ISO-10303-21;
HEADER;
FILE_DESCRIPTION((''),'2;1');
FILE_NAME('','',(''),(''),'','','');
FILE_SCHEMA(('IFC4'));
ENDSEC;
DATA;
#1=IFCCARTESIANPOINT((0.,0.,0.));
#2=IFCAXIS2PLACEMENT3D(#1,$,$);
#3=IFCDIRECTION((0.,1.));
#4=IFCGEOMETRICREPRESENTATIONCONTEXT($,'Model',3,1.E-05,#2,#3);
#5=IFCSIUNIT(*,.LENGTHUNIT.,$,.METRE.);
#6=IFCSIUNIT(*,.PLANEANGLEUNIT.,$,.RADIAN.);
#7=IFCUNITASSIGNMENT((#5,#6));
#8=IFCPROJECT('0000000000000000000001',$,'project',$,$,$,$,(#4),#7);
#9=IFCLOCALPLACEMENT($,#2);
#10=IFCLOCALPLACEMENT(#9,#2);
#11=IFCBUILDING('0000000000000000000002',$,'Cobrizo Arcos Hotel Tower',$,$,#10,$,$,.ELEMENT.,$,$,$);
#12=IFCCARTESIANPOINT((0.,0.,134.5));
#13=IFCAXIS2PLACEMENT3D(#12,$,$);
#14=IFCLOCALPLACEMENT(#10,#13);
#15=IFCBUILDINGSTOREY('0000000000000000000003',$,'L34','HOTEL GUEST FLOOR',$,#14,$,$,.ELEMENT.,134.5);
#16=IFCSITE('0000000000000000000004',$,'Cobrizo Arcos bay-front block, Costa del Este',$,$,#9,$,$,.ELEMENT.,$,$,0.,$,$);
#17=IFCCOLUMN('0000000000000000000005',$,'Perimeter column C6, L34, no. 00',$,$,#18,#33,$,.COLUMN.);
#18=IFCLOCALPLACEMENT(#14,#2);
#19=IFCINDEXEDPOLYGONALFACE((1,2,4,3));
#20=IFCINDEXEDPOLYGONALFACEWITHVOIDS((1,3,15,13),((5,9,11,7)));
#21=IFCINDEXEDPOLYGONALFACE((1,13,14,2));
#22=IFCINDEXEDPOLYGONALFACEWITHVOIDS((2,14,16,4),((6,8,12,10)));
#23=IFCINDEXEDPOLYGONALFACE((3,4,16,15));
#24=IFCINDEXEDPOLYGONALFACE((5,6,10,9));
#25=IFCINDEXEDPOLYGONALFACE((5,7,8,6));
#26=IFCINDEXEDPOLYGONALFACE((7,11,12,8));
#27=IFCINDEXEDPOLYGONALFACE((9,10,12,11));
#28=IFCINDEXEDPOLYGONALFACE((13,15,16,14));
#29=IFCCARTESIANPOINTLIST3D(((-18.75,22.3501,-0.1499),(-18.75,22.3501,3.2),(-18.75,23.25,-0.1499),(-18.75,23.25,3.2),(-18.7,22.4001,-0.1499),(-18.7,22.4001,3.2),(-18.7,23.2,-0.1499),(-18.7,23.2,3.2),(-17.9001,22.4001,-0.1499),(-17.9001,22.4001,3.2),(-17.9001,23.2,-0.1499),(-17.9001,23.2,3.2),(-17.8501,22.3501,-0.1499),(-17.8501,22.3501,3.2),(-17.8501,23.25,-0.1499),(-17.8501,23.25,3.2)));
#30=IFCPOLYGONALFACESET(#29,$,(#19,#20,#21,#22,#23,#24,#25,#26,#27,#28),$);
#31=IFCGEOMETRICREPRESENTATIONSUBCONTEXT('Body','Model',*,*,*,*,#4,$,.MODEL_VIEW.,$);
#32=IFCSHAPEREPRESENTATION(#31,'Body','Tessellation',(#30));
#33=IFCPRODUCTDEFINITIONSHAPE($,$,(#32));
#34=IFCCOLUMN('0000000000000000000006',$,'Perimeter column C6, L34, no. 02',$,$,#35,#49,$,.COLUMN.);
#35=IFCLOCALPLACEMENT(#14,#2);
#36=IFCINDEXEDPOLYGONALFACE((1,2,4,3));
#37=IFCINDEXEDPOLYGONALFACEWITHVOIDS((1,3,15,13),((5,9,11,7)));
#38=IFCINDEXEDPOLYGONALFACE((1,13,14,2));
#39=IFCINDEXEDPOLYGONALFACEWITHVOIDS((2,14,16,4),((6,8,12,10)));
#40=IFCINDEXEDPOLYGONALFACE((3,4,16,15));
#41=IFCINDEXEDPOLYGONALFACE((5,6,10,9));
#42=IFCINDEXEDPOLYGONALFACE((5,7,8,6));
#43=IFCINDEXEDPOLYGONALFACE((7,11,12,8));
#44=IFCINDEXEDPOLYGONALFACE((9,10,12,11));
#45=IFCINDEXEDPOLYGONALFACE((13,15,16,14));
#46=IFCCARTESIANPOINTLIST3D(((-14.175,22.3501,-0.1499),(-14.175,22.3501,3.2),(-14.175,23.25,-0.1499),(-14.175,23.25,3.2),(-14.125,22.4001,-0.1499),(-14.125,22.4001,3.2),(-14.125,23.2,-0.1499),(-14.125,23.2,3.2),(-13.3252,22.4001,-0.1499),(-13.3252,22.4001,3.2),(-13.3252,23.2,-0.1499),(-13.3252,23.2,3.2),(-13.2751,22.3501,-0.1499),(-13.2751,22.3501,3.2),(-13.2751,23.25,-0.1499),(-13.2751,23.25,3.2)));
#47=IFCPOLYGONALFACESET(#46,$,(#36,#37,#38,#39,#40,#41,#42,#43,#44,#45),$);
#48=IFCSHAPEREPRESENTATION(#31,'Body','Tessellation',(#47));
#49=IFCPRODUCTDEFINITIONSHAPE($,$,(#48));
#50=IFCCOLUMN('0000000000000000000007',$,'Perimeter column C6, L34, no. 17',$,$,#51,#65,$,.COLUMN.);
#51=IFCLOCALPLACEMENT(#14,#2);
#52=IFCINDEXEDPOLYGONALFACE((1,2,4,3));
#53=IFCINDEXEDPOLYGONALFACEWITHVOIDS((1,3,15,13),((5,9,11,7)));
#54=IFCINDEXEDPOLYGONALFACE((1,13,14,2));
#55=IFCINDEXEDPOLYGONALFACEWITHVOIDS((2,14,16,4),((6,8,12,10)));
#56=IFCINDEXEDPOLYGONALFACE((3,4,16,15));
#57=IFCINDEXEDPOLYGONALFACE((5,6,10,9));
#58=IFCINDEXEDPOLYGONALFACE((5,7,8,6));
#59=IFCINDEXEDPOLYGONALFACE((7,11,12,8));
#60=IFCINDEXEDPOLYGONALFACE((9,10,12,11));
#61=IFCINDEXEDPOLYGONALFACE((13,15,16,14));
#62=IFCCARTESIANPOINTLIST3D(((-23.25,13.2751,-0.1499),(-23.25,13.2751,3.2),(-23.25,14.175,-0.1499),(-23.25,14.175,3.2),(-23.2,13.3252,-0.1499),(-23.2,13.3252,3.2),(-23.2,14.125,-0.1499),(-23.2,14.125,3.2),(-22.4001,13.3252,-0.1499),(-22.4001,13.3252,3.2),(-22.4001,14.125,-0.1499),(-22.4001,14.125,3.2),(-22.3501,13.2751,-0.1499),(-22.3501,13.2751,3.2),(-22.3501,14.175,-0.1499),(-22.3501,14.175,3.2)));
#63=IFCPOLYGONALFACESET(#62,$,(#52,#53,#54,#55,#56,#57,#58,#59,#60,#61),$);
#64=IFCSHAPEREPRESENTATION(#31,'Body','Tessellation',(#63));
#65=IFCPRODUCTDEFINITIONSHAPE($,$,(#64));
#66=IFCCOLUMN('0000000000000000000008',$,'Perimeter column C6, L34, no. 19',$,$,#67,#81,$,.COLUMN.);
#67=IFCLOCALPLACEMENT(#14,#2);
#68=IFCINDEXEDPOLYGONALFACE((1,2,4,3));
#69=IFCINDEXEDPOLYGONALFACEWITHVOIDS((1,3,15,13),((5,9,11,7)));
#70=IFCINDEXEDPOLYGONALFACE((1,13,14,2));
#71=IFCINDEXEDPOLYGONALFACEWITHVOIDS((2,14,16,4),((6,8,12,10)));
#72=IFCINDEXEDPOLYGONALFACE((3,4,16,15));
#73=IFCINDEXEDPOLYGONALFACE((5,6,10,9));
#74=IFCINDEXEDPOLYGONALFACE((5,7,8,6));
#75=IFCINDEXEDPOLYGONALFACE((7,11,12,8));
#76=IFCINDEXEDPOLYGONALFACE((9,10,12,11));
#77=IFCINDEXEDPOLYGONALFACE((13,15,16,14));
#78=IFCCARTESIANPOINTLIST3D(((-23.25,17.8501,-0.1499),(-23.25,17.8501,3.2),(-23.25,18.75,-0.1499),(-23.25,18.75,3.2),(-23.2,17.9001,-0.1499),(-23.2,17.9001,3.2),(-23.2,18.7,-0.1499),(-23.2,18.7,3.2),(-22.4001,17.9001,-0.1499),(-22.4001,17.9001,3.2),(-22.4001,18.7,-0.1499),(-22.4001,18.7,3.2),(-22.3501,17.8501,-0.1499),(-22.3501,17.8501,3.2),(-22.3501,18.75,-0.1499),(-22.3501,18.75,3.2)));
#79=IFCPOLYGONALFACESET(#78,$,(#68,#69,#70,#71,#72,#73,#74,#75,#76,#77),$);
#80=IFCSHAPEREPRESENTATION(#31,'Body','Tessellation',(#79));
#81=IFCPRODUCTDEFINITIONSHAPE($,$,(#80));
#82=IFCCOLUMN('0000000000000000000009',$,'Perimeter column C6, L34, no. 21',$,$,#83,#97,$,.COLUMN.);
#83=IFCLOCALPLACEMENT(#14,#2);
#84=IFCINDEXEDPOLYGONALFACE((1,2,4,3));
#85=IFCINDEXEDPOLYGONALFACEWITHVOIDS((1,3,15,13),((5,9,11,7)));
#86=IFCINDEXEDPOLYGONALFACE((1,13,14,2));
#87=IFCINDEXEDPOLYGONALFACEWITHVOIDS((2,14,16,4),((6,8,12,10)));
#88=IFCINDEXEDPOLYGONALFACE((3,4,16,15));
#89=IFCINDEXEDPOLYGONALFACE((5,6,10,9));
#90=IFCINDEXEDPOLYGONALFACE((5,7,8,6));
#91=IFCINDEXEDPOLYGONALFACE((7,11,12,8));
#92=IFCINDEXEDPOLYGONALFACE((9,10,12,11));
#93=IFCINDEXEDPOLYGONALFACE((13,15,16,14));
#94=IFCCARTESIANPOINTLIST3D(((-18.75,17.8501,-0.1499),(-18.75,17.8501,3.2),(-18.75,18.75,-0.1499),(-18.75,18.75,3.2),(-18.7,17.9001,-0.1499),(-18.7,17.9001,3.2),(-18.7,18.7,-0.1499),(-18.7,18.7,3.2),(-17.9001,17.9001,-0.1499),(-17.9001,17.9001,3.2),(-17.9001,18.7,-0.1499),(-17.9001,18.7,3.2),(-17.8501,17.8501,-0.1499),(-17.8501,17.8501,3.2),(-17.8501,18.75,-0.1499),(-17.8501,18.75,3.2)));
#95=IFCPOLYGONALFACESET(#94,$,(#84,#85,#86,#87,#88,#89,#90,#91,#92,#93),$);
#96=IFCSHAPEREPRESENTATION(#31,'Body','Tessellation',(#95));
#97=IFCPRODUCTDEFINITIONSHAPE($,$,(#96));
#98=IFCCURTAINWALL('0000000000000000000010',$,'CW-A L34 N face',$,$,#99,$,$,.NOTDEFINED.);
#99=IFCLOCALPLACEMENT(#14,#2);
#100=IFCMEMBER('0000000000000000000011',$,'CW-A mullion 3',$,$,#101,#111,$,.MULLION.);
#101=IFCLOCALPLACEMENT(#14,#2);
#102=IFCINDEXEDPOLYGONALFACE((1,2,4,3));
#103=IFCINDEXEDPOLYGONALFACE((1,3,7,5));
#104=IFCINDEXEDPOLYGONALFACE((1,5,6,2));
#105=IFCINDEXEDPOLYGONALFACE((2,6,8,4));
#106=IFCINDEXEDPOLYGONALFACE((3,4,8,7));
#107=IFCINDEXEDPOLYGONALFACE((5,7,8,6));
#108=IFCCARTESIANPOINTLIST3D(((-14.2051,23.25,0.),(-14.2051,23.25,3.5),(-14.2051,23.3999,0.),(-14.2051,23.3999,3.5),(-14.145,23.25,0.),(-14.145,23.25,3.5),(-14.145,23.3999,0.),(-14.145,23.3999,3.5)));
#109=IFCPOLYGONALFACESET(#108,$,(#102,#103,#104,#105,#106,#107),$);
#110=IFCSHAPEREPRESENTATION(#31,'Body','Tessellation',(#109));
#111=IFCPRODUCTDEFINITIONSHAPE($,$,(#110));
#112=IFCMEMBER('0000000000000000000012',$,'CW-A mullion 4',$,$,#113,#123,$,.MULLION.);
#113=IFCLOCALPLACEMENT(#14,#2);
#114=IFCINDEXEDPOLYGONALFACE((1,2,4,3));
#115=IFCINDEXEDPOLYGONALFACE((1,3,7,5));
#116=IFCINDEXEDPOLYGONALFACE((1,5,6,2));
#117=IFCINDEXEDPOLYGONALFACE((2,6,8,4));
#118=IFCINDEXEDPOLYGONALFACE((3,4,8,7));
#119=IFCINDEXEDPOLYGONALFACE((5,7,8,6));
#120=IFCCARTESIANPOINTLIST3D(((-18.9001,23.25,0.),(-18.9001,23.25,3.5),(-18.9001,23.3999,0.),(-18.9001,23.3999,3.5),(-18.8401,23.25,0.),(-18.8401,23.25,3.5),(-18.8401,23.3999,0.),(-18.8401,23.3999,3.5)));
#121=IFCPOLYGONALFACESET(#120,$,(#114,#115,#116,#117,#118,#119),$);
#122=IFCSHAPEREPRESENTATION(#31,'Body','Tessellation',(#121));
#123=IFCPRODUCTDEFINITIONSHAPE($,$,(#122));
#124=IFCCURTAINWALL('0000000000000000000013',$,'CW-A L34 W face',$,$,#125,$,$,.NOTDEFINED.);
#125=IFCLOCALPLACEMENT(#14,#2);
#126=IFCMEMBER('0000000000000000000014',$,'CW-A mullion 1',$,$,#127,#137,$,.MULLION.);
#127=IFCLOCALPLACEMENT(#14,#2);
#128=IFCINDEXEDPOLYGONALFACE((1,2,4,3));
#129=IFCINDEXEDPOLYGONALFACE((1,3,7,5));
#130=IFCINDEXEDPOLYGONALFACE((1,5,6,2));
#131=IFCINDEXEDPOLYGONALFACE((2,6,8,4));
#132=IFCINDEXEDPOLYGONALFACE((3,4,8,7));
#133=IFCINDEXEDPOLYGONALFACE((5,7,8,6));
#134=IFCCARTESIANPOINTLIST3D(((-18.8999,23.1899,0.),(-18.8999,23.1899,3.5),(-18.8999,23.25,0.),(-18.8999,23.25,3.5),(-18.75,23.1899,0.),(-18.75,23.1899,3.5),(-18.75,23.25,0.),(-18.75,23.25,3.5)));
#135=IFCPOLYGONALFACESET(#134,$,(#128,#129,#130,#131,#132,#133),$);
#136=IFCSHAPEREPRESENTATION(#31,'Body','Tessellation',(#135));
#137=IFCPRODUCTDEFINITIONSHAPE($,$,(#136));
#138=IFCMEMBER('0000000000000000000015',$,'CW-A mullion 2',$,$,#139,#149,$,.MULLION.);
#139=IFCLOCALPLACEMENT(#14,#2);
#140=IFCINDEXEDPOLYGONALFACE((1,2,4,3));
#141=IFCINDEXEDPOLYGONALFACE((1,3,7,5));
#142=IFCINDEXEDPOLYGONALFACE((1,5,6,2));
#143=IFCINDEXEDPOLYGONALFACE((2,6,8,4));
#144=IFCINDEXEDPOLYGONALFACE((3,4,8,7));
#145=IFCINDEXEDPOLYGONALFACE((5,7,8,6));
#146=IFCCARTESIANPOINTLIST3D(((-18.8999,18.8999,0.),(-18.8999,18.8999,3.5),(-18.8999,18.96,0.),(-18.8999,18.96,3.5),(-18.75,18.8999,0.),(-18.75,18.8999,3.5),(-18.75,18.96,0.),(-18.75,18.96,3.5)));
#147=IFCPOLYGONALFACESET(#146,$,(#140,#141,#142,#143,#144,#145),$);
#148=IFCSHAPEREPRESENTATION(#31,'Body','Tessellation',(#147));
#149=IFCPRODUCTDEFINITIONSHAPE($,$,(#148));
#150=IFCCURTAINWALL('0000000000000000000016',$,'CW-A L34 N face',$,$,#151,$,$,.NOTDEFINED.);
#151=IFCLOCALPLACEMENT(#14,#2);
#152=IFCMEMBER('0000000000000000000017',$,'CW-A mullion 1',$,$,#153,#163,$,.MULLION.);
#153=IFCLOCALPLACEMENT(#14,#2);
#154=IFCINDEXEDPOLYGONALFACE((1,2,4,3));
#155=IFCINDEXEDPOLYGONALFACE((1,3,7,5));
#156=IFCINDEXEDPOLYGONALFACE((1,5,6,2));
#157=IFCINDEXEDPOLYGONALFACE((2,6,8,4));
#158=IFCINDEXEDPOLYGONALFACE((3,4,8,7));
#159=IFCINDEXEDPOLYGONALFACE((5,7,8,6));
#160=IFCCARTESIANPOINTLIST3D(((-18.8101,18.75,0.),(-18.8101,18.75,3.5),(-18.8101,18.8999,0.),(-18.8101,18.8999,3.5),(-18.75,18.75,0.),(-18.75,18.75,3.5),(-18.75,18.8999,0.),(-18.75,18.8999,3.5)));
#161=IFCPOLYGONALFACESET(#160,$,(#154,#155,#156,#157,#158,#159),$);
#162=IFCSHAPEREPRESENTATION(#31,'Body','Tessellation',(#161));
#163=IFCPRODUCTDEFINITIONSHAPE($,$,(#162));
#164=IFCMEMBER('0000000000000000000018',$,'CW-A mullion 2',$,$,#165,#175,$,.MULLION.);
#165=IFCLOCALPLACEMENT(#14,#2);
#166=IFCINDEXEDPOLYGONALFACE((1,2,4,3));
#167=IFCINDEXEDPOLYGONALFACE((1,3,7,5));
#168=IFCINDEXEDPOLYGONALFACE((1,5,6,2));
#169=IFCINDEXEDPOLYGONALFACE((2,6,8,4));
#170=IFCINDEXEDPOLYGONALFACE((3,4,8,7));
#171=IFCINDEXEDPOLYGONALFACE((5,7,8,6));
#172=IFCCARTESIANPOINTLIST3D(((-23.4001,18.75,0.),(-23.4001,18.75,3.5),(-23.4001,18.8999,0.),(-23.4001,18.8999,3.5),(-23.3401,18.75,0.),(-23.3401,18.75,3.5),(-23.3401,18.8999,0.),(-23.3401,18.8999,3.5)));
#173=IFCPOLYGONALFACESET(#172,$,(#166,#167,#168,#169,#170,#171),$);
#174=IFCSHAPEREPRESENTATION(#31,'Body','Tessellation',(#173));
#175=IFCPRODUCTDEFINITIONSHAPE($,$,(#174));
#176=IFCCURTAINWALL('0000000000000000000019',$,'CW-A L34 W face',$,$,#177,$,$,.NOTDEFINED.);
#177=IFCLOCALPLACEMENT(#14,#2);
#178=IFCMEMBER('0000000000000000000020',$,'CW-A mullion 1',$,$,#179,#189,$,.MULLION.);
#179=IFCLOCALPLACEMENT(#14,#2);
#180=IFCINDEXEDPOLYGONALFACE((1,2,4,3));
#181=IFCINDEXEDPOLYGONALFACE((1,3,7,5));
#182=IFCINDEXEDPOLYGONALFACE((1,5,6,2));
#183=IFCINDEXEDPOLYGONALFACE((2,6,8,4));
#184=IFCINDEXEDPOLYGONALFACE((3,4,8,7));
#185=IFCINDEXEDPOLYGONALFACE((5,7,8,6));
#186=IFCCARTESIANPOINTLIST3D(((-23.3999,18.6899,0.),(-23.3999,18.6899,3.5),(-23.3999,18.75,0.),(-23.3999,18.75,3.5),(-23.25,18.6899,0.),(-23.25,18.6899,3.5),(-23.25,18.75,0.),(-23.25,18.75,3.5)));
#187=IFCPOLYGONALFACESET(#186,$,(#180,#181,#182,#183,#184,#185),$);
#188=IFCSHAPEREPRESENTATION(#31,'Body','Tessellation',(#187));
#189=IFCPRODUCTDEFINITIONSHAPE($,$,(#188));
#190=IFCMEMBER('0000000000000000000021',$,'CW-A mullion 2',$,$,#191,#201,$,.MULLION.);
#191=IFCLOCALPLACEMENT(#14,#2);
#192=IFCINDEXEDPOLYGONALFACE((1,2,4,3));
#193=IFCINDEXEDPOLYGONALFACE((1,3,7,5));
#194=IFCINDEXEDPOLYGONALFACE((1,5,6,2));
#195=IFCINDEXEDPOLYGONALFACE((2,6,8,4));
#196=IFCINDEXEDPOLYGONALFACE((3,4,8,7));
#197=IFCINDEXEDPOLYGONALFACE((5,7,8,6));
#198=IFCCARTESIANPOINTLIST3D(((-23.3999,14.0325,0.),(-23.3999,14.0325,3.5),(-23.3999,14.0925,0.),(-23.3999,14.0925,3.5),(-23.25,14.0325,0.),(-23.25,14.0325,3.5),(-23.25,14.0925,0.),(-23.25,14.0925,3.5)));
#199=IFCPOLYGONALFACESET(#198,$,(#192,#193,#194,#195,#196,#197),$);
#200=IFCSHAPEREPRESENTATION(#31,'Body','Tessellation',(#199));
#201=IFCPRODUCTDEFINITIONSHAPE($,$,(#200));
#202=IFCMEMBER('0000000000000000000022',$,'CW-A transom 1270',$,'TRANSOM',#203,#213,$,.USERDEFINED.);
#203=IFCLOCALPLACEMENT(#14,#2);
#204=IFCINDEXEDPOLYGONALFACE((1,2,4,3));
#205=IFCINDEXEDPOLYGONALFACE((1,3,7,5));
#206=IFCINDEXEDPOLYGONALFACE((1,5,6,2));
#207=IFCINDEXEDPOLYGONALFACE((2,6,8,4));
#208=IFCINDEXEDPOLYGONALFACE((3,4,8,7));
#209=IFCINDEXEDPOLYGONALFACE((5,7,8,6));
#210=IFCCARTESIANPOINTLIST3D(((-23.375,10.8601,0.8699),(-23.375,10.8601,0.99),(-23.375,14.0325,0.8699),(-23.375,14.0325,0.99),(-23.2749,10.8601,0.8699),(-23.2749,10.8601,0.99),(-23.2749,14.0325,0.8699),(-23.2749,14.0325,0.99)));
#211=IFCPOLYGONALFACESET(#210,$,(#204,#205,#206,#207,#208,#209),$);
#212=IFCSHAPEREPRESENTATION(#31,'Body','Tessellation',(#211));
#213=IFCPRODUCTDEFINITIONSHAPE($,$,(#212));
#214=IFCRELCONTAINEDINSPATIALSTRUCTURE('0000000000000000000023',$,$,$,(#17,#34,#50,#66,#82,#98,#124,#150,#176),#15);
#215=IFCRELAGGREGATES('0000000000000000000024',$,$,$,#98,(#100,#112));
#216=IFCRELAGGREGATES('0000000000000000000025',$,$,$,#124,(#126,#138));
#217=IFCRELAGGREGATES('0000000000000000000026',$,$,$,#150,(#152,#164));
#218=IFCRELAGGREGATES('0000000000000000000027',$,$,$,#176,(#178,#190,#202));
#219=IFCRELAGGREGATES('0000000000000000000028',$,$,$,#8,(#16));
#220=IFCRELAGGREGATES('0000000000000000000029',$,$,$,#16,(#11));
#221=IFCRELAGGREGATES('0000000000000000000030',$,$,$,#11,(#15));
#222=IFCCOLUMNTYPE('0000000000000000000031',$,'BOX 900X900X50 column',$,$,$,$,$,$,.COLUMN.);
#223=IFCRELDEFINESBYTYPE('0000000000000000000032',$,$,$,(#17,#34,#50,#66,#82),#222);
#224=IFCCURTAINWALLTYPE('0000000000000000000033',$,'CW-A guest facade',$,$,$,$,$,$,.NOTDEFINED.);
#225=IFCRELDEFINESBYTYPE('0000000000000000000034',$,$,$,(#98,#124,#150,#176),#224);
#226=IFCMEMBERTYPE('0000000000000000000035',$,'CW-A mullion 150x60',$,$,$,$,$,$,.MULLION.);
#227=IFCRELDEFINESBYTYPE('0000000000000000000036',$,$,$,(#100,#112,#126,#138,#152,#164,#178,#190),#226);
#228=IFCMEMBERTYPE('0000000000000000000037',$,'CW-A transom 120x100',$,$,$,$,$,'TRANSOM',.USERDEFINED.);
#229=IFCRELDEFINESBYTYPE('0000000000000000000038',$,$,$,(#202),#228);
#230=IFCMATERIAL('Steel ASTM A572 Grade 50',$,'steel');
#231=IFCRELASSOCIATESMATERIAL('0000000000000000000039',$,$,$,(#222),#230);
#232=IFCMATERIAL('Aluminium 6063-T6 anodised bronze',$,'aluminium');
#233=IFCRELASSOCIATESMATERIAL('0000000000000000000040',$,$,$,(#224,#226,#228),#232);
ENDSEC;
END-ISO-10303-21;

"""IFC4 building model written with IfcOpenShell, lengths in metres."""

from ifc_helpers import new_model, si_unit, direction, frame, origin, origin_2d, place, context, subcontext, project, spatial, rectangle, hollow_rectangle, extrude, material, material_profile, profile_set, type_object, element, aggregate, save


model = new_model("IFC4")

# Units and contexts
model_context = context("Model", 3, precision=1e-05, world=origin(), true_north=direction((0.0, 1.0)))
body_context = subcontext(model_context, "Body", "Model", "MODEL_VIEW")
ifc_project = project(units=[si_unit("LENGTHUNIT", "METRE"), si_unit("PLANEANGLEUNIT", "RADIAN")], contexts=[model_context])

# Site, building, storey
site_placement = place(None, origin())
site = spatial("IfcSite", under=ifc_project, at=site_placement, Name="Cobrizo Arcos bay-front block, Costa del Este", CompositionType="ELEMENT", RefElevation=0.0)
building_placement = place(site_placement, origin())
building = spatial("IfcBuilding", under=site, at=building_placement, Name="Cobrizo Arcos Hotel Tower", CompositionType="ELEMENT")
storey_placement = place(building_placement, frame((0.0, 0.0, 134.5)))
storey = spatial("IfcBuildingStorey", under=building, at=storey_placement, Name="L34", Description="HOTEL GUEST FLOOR", CompositionType="ELEMENT", Elevation=134.5)

# Columns
ifc_material_1 = material(Name="Steel ASTM A572 Grade 50", Category="steel")
ifc_material_profile_1 = material_profile(ifc_material_1, hollow_rectangle(XDim=0.8999, YDim=0.8999, WallThickness=0.05, at=origin_2d()), Name="BOX 900X900X50")
ifc_profile_set_1 = profile_set([ifc_material_profile_1], Name="Steel ASTM A572 Grade 50")
column_type = type_object("IfcColumnType", Name="BOX 900X900X50 column", PredefinedType="COLUMN", material=ifc_profile_set_1)
for number, where, z_axis, x_axis, name in (
    (1, (-18.3, 22.8, -0.1499), (0.0, 0.0, 1.0), (1.0, 0.0, 0.0), "Perimeter column C6, L34, no. 00"),
    (2, (-13.7251, 22.8, -0.1499), (0.0, 0.0, 1.0), (1.0, 0.0, 0.0), "Perimeter column C6, L34, no. 02"),
    (3, (-22.8, 13.7251, -0.1499), (0.0, 0.0, 1.0), (1.0, 0.0, 0.0), "Perimeter column C6, L34, no. 17"),
    (4, (-22.8, 18.3, -0.1499), (0.0, 0.0, 1.0), (1.0, 0.0, 0.0), "Perimeter column C6, L34, no. 19"),
    (5, (-18.3, 18.3, -0.1499), (0.0, 0.0, 1.0), (1.0, 0.0, 0.0), "Perimeter column C6, L34, no. 21"),
):
    element("IfcColumn", number, at=place(storey_placement, frame(where, z_axis=z_axis, x_axis=x_axis)), inside=storey, type_object=column_type, Name=name, PredefinedType="COLUMN", context=body_context, shape_type="SweptSolid", body=[
        extrude(hollow_rectangle(XDim=0.8999, YDim=0.8999, WallThickness=0.05, at=origin_2d()), origin(), (0.0, 0.0, 1.0), 3.3499),
    ])

# Curtain walls, members
ifc_material_2 = material(Name="Aluminium 6063-T6 anodised bronze", Category="aluminium")
curtain_wall_type = type_object("IfcCurtainWallType", Name="CW-A guest facade", PredefinedType="NOTDEFINED", material=ifc_material_2)
curtain_wall_1_placement = place(storey_placement, origin())
curtain_wall_1 = element("IfcCurtainWall", 6, at=curtain_wall_1_placement, inside=storey, type_object=curtain_wall_type, Name="CW-A L34 N face", PredefinedType="NOTDEFINED")
ifc_material_profile_2 = material_profile(ifc_material_2, rectangle(XDim=0.1499, YDim=0.0601, at=origin_2d()), Name="CW-A mullion 150x60")
ifc_profile_set_2 = profile_set([ifc_material_profile_2], Name="Aluminium 6063-T6 anodised bronze")
member_type_1 = type_object("IfcMemberType", Name="CW-A mullion 150x60", PredefinedType="MULLION", material=ifc_profile_set_2)
member_1_placement = place(storey_placement, frame((-14.175, 23.325, 0.0), z_axis=(0.0, 0.0, 1.0), x_axis=(0.0, 1.0, 0.0)))
member_1 = element("IfcMember", 7, at=member_1_placement, type_object=member_type_1, Name="CW-A mullion 3", PredefinedType="MULLION", context=body_context, shape_type="SweptSolid", body=[
    extrude(rectangle(XDim=0.1499, YDim=0.0601, at=origin_2d()), origin(), (0.0, 0.0, 1.0), 3.5),
])
member_2_placement = place(storey_placement, frame((-18.8701, 23.325, 0.0), z_axis=(0.0, 0.0, 1.0), x_axis=(0.0, 1.0, 0.0)))
member_2 = element("IfcMember", 8, at=member_2_placement, type_object=member_type_1, Name="CW-A mullion 4", PredefinedType="MULLION", context=body_context, shape_type="SweptSolid", body=[
    extrude(rectangle(XDim=0.1499, YDim=0.0601, at=origin_2d()), origin(), (0.0, 0.0, 1.0), 3.5),
])
curtain_wall_2_placement = place(storey_placement, origin())
curtain_wall_2 = element("IfcCurtainWall", 9, at=curtain_wall_2_placement, inside=storey, type_object=curtain_wall_type, Name="CW-A L34 W face", PredefinedType="NOTDEFINED")
member_3_placement = place(storey_placement, frame((-18.825, 23.22, 0.0), z_axis=(0.0, 0.0, 1.0), x_axis=(-1.0, 0.0, 0.0)))
member_3 = element("IfcMember", 10, at=member_3_placement, type_object=member_type_1, Name="CW-A mullion 1", PredefinedType="MULLION", context=body_context, shape_type="SweptSolid", body=[
    extrude(rectangle(XDim=0.1499, YDim=0.0601, at=origin_2d()), origin(), (0.0, 0.0, 1.0), 3.5),
])
member_4_placement = place(storey_placement, frame((-18.825, 18.9299, 0.0), z_axis=(0.0, 0.0, 1.0), x_axis=(-1.0, 0.0, 0.0)))
member_4 = element("IfcMember", 11, at=member_4_placement, type_object=member_type_1, Name="CW-A mullion 2", PredefinedType="MULLION", context=body_context, shape_type="SweptSolid", body=[
    extrude(rectangle(XDim=0.1499, YDim=0.0601, at=origin_2d()), origin(), (0.0, 0.0, 1.0), 3.5),
])
curtain_wall_3_placement = place(storey_placement, origin())
curtain_wall_3 = element("IfcCurtainWall", 12, at=curtain_wall_3_placement, inside=storey, type_object=curtain_wall_type, Name="CW-A L34 N face", PredefinedType="NOTDEFINED")
member_5_placement = place(storey_placement, frame((-18.78, 18.825, 0.0), z_axis=(0.0, 0.0, 1.0), x_axis=(0.0, 1.0, 0.0)))
member_5 = element("IfcMember", 13, at=member_5_placement, type_object=member_type_1, Name="CW-A mullion 1", PredefinedType="MULLION", context=body_context, shape_type="SweptSolid", body=[
    extrude(rectangle(XDim=0.1499, YDim=0.0601, at=origin_2d()), origin(), (0.0, 0.0, 1.0), 3.5),
])
member_6_placement = place(storey_placement, frame((-23.3701, 18.825, 0.0), z_axis=(0.0, 0.0, 1.0), x_axis=(0.0, 1.0, 0.0)))
member_6 = element("IfcMember", 14, at=member_6_placement, type_object=member_type_1, Name="CW-A mullion 2", PredefinedType="MULLION", context=body_context, shape_type="SweptSolid", body=[
    extrude(rectangle(XDim=0.1499, YDim=0.0601, at=origin_2d()), origin(), (0.0, 0.0, 1.0), 3.5),
])
curtain_wall_4_placement = place(storey_placement, origin())
curtain_wall_4 = element("IfcCurtainWall", 15, at=curtain_wall_4_placement, inside=storey, type_object=curtain_wall_type, Name="CW-A L34 W face", PredefinedType="NOTDEFINED")
member_7_placement = place(storey_placement, frame((-23.325, 18.72, 0.0), z_axis=(0.0, 0.0, 1.0), x_axis=(-1.0, 0.0, 0.0)))
member_7 = element("IfcMember", 16, at=member_7_placement, type_object=member_type_1, Name="CW-A mullion 1", PredefinedType="MULLION", context=body_context, shape_type="SweptSolid", body=[
    extrude(rectangle(XDim=0.1499, YDim=0.0601, at=origin_2d()), origin(), (0.0, 0.0, 1.0), 3.5),
])
member_8_placement = place(storey_placement, frame((-23.325, 14.0625, 0.0), z_axis=(0.0, 0.0, 1.0), x_axis=(-1.0, 0.0, 0.0)))
member_8 = element("IfcMember", 17, at=member_8_placement, type_object=member_type_1, Name="CW-A mullion 2", PredefinedType="MULLION", context=body_context, shape_type="SweptSolid", body=[
    extrude(rectangle(XDim=0.1499, YDim=0.0601, at=origin_2d()), origin(), (0.0, 0.0, 1.0), 3.5),
])
ifc_material_profile_3 = material_profile(ifc_material_2, rectangle(XDim=0.1001, YDim=0.1201, at=origin_2d()), Name="CW-A transom 120x100")
ifc_profile_set_3 = profile_set([ifc_material_profile_3], Name="Aluminium 6063-T6 anodised bronze")
member_type_2 = type_object("IfcMemberType", Name="CW-A transom 120x100", ElementType="TRANSOM", PredefinedType="USERDEFINED", material=ifc_profile_set_3)
member_9_placement = place(storey_placement, frame((-23.325, 14.0325, 0.9299), z_axis=(0.0, -1.0, 0.0), x_axis=(1.0, 0.0, 0.0)))
member_9 = element("IfcMember", 18, at=member_9_placement, type_object=member_type_2, Name="CW-A transom 1270", ObjectType="TRANSOM", PredefinedType="USERDEFINED", context=body_context, shape_type="SweptSolid", body=[
    extrude(rectangle(XDim=0.1001, YDim=0.1201, at=origin_2d()), origin(), (0.0, 0.0, 1.0), 3.1724),
])

aggregate(curtain_wall_1, [member_1, member_2])
aggregate(curtain_wall_2, [member_3, member_4])
aggregate(curtain_wall_3, [member_5, member_6])
aggregate(curtain_wall_4, [member_7, member_8, member_9])

save(model, "model.ifc")
